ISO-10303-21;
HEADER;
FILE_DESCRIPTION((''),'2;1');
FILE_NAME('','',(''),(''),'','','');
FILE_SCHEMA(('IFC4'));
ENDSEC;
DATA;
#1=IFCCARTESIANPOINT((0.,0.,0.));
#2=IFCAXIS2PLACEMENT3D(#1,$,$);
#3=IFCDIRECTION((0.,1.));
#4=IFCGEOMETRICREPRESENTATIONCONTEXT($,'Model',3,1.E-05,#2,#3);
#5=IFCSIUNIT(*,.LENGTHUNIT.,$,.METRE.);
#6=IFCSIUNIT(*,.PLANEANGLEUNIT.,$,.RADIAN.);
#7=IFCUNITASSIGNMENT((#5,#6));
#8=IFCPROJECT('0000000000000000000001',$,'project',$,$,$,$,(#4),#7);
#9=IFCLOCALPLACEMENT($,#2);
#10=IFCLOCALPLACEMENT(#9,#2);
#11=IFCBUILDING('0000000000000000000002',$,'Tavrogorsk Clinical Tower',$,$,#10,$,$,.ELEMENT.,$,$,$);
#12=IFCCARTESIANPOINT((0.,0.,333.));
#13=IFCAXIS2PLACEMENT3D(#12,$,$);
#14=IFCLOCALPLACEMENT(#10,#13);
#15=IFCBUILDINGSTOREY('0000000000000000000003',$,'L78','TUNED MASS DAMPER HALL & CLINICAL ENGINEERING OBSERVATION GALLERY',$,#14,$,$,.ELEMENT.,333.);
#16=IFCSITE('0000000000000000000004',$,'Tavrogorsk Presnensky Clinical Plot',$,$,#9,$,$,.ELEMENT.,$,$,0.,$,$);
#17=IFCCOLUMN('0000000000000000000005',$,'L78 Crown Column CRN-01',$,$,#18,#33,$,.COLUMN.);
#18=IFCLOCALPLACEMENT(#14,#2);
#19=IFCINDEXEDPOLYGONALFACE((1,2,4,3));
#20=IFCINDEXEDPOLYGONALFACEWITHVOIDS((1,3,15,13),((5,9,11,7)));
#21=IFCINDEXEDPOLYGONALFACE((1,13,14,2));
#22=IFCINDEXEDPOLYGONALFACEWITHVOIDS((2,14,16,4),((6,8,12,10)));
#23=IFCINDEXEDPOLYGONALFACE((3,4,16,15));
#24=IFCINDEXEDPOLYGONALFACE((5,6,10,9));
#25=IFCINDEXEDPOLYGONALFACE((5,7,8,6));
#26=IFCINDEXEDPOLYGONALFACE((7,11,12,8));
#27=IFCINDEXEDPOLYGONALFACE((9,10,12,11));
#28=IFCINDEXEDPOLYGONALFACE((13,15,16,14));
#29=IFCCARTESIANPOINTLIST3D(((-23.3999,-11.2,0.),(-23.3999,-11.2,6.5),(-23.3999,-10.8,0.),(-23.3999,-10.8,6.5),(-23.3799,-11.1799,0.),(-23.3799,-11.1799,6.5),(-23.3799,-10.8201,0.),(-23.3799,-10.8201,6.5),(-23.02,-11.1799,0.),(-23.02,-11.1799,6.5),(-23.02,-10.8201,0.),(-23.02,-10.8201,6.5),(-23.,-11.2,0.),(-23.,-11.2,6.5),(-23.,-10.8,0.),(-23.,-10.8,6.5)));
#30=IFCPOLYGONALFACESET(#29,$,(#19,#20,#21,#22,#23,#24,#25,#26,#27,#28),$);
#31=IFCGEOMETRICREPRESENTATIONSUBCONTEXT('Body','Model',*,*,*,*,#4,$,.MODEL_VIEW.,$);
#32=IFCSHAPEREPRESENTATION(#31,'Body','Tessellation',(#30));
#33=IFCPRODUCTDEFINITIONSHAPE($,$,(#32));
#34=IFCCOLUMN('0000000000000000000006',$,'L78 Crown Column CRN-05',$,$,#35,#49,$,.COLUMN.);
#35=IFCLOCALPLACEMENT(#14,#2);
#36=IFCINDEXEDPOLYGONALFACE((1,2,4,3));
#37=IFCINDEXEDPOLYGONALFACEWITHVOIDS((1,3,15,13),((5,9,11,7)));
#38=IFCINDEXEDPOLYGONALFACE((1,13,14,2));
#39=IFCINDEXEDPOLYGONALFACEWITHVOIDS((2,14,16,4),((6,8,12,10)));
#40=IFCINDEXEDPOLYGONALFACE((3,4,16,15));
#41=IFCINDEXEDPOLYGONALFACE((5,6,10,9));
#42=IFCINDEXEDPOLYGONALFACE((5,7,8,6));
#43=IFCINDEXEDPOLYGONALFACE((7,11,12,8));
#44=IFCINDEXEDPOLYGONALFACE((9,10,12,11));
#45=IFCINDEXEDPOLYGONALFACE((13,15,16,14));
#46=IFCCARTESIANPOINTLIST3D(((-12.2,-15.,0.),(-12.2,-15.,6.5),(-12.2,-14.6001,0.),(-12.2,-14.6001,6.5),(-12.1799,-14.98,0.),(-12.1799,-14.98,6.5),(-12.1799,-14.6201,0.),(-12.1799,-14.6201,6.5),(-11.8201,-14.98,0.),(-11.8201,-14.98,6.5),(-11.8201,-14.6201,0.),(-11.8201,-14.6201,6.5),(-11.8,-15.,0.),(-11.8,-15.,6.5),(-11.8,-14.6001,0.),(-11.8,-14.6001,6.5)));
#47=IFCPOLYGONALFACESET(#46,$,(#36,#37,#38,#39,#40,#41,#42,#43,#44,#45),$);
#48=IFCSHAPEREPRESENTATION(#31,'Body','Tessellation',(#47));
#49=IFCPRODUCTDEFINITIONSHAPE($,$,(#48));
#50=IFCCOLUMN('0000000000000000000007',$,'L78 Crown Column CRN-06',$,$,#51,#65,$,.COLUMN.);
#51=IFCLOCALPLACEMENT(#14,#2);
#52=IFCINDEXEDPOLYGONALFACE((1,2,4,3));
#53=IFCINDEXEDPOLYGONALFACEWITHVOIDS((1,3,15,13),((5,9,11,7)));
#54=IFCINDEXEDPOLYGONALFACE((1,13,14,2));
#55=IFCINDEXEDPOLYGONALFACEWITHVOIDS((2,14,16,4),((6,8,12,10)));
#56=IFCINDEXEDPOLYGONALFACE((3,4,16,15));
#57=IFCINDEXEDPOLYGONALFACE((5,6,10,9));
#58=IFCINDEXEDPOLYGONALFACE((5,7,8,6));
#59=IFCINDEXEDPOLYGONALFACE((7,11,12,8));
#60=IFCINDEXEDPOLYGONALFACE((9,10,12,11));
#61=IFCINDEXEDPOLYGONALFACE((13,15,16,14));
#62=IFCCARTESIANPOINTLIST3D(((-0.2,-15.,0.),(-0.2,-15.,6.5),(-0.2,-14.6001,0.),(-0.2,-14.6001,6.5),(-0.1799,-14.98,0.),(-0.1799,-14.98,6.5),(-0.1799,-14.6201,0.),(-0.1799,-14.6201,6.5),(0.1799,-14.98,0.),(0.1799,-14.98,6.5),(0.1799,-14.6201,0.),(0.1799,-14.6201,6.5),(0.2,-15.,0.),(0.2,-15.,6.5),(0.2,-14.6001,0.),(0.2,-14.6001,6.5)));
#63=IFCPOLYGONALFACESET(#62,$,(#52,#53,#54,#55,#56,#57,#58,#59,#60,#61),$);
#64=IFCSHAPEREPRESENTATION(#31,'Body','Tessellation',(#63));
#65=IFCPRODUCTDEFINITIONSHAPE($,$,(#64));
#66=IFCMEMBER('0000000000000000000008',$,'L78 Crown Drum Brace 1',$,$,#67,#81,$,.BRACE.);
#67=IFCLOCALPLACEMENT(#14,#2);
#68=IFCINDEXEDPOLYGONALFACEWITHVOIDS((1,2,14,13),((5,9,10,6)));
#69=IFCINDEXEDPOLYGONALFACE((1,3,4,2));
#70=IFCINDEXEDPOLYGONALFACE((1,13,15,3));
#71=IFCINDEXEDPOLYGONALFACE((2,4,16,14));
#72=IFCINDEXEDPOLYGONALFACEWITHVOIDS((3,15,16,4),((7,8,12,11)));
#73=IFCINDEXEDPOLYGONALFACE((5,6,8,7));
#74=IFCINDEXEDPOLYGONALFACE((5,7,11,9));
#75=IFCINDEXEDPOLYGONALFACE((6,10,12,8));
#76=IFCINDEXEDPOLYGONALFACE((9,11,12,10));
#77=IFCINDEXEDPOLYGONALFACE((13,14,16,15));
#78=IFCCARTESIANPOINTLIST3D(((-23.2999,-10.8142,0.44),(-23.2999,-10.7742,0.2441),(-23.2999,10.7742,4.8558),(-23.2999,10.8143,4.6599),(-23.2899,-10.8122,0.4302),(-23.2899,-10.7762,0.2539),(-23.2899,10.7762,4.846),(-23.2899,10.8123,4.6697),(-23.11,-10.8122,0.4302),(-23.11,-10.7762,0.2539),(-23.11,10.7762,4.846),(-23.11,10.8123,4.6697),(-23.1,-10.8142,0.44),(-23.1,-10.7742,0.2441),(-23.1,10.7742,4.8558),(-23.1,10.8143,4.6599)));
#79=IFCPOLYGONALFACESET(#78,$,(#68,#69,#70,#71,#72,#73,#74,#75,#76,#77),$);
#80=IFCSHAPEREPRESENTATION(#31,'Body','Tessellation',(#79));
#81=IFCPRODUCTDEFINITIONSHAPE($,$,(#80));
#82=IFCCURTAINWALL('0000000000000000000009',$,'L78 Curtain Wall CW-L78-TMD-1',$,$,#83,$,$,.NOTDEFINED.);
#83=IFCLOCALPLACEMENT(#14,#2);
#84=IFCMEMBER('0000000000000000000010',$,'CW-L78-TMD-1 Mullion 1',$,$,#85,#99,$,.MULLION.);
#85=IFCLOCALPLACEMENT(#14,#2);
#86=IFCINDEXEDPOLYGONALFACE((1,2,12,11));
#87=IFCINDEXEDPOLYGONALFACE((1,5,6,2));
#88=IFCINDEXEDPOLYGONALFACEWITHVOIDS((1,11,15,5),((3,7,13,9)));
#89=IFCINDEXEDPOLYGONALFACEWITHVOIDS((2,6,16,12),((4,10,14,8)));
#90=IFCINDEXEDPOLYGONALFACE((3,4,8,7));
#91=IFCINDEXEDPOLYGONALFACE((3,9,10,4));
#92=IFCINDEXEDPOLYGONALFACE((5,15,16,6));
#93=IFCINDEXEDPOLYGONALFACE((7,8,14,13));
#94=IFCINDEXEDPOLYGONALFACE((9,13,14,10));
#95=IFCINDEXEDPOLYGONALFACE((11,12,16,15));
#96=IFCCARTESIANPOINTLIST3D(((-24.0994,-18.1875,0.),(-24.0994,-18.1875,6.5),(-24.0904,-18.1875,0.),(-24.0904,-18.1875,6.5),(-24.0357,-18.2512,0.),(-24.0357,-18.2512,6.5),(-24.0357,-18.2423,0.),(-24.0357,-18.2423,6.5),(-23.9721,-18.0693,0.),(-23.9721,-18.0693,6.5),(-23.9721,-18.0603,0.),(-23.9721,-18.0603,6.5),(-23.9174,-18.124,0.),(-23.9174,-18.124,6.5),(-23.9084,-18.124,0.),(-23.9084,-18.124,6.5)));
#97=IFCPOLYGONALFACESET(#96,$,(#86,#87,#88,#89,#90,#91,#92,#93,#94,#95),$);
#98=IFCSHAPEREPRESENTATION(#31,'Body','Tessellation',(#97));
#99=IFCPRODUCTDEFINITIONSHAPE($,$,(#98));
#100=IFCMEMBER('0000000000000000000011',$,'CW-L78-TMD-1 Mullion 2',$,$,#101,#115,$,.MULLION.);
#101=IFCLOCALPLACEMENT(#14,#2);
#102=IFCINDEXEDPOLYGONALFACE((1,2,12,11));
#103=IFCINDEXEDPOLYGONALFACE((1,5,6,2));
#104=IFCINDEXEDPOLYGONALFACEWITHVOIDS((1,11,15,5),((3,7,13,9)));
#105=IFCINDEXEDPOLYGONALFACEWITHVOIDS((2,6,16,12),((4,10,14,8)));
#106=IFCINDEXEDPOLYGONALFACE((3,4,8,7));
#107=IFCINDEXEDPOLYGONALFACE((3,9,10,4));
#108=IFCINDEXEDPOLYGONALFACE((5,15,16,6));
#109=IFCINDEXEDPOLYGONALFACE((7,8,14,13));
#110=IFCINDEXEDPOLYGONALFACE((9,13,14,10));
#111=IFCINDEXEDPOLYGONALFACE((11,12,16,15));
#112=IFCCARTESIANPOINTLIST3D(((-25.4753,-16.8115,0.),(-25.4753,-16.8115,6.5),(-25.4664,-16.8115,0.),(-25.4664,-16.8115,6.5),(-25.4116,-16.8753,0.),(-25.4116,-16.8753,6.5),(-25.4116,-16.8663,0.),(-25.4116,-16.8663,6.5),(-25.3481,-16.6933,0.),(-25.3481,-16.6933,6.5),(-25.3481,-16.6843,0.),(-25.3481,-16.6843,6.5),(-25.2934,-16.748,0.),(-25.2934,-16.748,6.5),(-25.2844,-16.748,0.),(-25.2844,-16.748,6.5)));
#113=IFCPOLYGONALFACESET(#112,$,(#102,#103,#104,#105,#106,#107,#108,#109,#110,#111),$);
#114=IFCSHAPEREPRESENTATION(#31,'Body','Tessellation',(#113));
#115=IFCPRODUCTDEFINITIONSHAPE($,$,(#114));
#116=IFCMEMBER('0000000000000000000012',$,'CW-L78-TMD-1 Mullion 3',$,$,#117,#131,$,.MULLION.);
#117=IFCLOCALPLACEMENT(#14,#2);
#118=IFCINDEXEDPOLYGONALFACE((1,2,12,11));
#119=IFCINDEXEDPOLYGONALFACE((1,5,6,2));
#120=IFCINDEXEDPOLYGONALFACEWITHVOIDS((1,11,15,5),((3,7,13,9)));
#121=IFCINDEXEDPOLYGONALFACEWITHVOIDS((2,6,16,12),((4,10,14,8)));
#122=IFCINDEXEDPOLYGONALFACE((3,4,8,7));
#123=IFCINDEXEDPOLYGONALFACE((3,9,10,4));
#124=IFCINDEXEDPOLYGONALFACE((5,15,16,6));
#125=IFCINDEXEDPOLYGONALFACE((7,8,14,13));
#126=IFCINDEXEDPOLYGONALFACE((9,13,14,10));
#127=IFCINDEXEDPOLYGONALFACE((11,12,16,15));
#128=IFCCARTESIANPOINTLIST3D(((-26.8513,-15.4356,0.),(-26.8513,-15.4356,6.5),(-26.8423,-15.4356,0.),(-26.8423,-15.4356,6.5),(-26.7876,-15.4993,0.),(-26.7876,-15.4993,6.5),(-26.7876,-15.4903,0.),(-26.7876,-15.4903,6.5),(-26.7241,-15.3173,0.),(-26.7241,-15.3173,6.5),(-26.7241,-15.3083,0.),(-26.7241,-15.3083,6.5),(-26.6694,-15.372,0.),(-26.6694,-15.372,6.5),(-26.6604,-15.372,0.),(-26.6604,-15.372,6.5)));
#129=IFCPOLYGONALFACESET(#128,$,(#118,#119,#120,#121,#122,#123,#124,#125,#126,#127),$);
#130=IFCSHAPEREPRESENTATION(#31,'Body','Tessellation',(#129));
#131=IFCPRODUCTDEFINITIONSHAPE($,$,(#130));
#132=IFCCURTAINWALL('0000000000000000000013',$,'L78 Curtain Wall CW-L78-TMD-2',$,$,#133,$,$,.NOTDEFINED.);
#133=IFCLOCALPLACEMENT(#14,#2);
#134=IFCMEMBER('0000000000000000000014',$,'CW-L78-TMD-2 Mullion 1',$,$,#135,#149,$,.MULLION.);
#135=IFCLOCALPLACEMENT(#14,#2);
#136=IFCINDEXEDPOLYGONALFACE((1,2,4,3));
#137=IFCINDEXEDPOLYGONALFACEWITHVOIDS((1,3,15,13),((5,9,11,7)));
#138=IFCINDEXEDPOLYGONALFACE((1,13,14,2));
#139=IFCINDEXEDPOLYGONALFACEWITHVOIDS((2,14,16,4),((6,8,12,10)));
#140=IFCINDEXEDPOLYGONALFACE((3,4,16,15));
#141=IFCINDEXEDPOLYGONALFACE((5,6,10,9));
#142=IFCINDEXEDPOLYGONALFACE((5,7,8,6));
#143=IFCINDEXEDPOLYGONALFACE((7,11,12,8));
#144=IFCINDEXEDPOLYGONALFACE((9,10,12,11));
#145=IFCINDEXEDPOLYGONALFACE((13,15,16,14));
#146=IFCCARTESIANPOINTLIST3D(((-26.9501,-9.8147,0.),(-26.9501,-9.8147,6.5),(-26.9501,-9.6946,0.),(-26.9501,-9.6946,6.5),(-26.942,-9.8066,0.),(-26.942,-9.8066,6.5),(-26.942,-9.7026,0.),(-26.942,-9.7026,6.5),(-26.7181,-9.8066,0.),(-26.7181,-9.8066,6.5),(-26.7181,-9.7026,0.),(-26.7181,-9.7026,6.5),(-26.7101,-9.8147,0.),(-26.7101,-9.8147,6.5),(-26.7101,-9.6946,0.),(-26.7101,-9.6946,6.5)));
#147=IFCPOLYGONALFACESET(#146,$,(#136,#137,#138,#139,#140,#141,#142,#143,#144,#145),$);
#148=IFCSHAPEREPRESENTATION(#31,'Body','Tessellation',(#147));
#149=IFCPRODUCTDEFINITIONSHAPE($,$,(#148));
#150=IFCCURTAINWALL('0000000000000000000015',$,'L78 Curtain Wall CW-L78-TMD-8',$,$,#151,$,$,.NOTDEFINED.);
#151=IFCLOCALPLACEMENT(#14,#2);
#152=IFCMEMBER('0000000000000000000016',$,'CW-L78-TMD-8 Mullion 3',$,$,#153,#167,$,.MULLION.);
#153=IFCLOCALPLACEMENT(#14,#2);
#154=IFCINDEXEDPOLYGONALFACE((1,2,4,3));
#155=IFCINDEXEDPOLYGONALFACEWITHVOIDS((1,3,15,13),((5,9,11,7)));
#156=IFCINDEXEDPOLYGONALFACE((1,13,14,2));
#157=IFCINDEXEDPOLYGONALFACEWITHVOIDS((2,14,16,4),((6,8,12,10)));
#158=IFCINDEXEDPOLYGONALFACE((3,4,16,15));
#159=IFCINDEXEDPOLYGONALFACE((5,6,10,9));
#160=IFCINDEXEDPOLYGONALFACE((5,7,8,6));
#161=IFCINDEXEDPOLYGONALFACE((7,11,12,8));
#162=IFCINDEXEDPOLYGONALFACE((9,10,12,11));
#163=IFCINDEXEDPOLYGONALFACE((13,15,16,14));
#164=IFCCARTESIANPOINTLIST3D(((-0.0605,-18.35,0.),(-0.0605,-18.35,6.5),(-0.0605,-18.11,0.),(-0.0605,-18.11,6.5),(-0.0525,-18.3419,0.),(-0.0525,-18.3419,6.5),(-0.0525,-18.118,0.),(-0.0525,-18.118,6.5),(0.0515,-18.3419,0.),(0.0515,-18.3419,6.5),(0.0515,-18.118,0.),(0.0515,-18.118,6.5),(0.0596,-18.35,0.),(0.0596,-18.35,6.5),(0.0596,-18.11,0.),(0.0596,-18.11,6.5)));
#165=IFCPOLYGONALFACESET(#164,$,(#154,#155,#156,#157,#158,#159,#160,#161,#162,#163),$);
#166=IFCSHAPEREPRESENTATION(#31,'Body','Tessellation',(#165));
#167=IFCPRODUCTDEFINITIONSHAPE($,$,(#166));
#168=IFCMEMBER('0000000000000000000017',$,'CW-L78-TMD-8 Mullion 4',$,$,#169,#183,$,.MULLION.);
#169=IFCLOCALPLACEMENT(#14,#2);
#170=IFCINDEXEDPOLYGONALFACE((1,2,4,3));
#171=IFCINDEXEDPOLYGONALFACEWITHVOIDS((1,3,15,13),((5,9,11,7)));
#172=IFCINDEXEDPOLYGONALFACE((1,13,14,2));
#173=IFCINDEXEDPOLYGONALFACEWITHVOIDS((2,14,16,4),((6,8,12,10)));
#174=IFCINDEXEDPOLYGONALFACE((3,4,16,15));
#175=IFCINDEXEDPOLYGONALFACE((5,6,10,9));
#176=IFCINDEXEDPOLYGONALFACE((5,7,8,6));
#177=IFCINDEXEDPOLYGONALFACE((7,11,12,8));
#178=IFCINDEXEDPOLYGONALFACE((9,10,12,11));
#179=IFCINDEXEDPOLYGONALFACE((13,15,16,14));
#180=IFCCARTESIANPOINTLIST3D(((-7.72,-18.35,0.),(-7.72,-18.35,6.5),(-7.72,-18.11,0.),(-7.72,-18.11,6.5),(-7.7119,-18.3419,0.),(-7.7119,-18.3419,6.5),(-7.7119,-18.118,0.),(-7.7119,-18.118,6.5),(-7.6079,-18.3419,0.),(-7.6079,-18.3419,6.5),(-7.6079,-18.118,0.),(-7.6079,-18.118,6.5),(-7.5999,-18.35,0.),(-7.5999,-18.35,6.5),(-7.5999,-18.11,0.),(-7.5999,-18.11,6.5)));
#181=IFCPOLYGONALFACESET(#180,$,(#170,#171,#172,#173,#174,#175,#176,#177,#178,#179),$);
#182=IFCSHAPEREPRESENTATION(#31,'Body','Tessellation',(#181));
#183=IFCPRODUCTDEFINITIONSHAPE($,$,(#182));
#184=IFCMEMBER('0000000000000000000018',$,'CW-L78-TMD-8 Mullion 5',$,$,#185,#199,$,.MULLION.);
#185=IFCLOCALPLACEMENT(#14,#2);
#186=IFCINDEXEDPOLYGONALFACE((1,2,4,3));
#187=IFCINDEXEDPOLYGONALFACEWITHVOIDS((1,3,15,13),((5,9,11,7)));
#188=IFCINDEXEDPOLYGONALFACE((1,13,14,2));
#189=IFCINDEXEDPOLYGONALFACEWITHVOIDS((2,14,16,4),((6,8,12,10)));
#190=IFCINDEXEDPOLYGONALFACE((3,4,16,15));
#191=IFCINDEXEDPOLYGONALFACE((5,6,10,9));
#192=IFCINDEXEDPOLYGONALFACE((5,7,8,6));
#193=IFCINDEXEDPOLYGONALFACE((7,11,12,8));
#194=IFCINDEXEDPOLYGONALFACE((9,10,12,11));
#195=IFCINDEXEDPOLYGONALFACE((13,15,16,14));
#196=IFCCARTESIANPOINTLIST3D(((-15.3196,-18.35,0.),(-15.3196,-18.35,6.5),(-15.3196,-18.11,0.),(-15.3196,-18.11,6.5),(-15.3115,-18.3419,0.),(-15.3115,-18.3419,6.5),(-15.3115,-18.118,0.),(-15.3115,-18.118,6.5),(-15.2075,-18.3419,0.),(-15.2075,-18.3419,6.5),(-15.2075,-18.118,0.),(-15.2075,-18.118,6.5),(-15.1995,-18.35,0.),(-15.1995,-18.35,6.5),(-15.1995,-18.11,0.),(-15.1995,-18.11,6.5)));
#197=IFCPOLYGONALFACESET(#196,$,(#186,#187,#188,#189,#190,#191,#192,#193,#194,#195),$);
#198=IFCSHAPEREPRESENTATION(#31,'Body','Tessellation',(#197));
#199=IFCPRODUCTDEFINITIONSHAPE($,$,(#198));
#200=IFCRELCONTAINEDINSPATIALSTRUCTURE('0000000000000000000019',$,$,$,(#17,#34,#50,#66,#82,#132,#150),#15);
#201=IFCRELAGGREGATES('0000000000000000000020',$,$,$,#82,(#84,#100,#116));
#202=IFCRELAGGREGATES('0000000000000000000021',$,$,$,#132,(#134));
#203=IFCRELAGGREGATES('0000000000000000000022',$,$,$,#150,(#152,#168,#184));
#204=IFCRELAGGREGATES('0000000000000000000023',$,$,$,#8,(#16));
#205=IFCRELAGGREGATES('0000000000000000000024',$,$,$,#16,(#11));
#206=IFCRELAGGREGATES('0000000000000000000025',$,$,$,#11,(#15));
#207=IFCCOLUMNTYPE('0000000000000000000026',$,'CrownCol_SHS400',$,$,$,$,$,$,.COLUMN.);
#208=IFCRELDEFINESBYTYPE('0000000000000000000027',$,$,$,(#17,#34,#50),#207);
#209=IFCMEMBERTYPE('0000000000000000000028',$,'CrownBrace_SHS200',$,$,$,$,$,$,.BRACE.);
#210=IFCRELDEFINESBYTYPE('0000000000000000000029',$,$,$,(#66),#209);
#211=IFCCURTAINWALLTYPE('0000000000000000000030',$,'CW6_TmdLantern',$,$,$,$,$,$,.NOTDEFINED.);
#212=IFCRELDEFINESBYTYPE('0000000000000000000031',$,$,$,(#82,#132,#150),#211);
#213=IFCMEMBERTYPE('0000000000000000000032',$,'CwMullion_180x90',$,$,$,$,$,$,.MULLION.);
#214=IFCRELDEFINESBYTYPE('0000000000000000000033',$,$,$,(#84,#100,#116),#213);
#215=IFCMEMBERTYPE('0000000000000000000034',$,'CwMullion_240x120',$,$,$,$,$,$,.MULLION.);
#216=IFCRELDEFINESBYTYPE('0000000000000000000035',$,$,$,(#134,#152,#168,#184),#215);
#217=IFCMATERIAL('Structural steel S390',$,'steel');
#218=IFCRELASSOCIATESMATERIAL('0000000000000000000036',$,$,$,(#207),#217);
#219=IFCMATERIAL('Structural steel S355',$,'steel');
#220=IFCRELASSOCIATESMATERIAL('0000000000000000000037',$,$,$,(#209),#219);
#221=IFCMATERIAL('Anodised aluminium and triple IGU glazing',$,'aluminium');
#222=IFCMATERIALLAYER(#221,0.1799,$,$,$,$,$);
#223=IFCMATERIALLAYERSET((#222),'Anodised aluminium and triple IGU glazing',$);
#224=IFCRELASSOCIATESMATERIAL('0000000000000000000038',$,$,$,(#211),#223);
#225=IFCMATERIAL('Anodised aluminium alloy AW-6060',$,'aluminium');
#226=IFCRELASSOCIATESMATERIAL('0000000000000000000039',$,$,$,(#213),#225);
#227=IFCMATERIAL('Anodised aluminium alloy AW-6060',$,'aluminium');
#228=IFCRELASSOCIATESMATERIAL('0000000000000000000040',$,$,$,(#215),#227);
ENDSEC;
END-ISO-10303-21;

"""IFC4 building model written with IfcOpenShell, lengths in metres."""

from ifc_helpers import new_model, si_unit, direction, frame, origin, origin_2d, place, context, subcontext, project, spatial, hollow_rectangle, extrude, material, layer, layer_set, material_profile, profile_set, type_object, element, aggregate, save


model = new_model("IFC4")

# Units and contexts
model_context = context("Model", 3, precision=1e-05, world=origin(), true_north=direction((0.0, 1.0)))
body_context = subcontext(model_context, "Body", "Model", "MODEL_VIEW")
ifc_project = project(units=[si_unit("LENGTHUNIT", "METRE"), si_unit("PLANEANGLEUNIT", "RADIAN")], contexts=[model_context])

# Site, building, storey
site_placement = place(None, origin())
site = spatial("IfcSite", under=ifc_project, at=site_placement, Name="Tavrogorsk Presnensky Clinical Plot", CompositionType="ELEMENT", RefElevation=0.0)
building_placement = place(site_placement, origin())
building = spatial("IfcBuilding", under=site, at=building_placement, Name="Tavrogorsk Clinical Tower", CompositionType="ELEMENT")
storey_placement = place(building_placement, frame((0.0, 0.0, 333.0)))
storey = spatial("IfcBuildingStorey", under=building, at=storey_placement, Name="L78", Description="TUNED MASS DAMPER HALL & CLINICAL ENGINEERING OBSERVATION GALLERY", CompositionType="ELEMENT", Elevation=333.0)

# Columns
ifc_material_1 = material(Name="Structural steel S390", Category="steel")
ifc_material_profile_1 = material_profile(ifc_material_1, hollow_rectangle(XDim=0.3999, YDim=0.3999, WallThickness=0.02, at=origin_2d()), Name="SHS-400x400x20")
ifc_profile_set_1 = profile_set([ifc_material_profile_1], Name="Structural steel S390")
column_type = type_object("IfcColumnType", Name="CrownCol_SHS400", PredefinedType="COLUMN", material=ifc_profile_set_1)
for number, where, z_axis, x_axis, name in (
    (1, (-23.2, -11.0, 0.0), (0.0, 0.0, 1.0), (1.0, 0.0, 0.0), "L78 Crown Column CRN-01"),
    (2, (-12.0, -14.8, 0.0), (0.0, 0.0, 1.0), (1.0, 0.0, 0.0), "L78 Crown Column CRN-05"),
    (3, (0.0, -14.8, 0.0), (0.0, 0.0, 1.0), (1.0, 0.0, 0.0), "L78 Crown Column CRN-06"),
):
    element("IfcColumn", number, at=place(storey_placement, frame(where, z_axis=z_axis, x_axis=x_axis)), inside=storey, type_object=column_type, Name=name, PredefinedType="COLUMN", context=body_context, shape_type="SweptSolid", body=[
        extrude(hollow_rectangle(XDim=0.3999, YDim=0.3999, WallThickness=0.02, at=origin_2d()), origin(), (0.0, 0.0, 1.0), 6.5),
    ])

# Member
ifc_material_2 = material(Name="Structural steel S355", Category="steel")
ifc_material_profile_2 = material_profile(ifc_material_2, hollow_rectangle(XDim=0.2, YDim=0.2, WallThickness=0.01, at=origin_2d()), Name="SHS-200x200x10")
ifc_profile_set_2 = profile_set([ifc_material_profile_2], Name="Structural steel S355")
member_type_1 = type_object("IfcMemberType", Name="CrownBrace_SHS200", PredefinedType="BRACE", material=ifc_profile_set_2)
member_1_placement = place(storey_placement, frame((-23.2, -10.7942, 0.342), z_axis=(0.0, 0.979715, 0.200395), x_axis=(-1.0, 0.0, 0.0)))
element("IfcMember", 4, at=member_1_placement, inside=storey, type_object=member_type_1, Name="L78 Crown Drum Brace 1", PredefinedType="BRACE", context=body_context, shape_type="SweptSolid", body=[
    extrude(hollow_rectangle(XDim=0.2, YDim=0.2, WallThickness=0.01, at=origin_2d()), origin(), (0.0, 0.0, 1.0), 22.0354),
])

# Curtain wall, members
ifc_material_3 = material(Name="Anodised aluminium and triple IGU glazing", Category="aluminium")
ifc_layer_1 = layer(ifc_material_3, 0.1799)
ifc_layer_set_1 = layer_set([ifc_layer_1], Name="Anodised aluminium and triple IGU glazing")
curtain_wall_type = type_object("IfcCurtainWallType", Name="CW6_TmdLantern", PredefinedType="NOTDEFINED", material=ifc_layer_set_1)
curtain_wall_1_placement = place(storey_placement, origin())
curtain_wall_1 = element("IfcCurtainWall", 5, at=curtain_wall_1_placement, inside=storey, type_object=curtain_wall_type, Name="L78 Curtain Wall CW-L78-TMD-1", PredefinedType="NOTDEFINED")
ifc_material_4 = material(Name="Anodised aluminium alloy AW-6060", Category="aluminium")
ifc_material_profile_3 = material_profile(ifc_material_4, hollow_rectangle(XDim=0.0901, YDim=0.1799, WallThickness=0.0063, at=origin_2d()), Name="RHS-180x90x6.3")
ifc_profile_set_3 = profile_set([ifc_material_profile_3], Name="Anodised aluminium alloy AW-6060")
member_type_2 = type_object("IfcMemberType", Name="CwMullion_180x90", PredefinedType="MULLION", material=ifc_profile_set_3)
member_2_placement = place(storey_placement, frame((-24.0039, -18.1558, 0.0), z_axis=(0.0, 0.0, 1.0), x_axis=(-0.707107, 0.707107, 0.0)))
member_2 = element("IfcMember", 6, at=member_2_placement, type_object=member_type_2, Name="CW-L78-TMD-1 Mullion 1", PredefinedType="MULLION", context=body_context, shape_type="SweptSolid", body=[
    extrude(hollow_rectangle(XDim=0.0901, YDim=0.1799, WallThickness=0.0063, at=origin_2d()), origin(), (0.0, 0.0, 1.0), 6.5),
])
member_3_placement = place(storey_placement, frame((-25.3799, -16.7798, 0.0), z_axis=(0.0, 0.0, 1.0), x_axis=(-0.707107, 0.707107, 0.0)))
member_3 = element("IfcMember", 7, at=member_3_placement, type_object=member_type_2, Name="CW-L78-TMD-1 Mullion 2", PredefinedType="MULLION", context=body_context, shape_type="SweptSolid", body=[
    extrude(hollow_rectangle(XDim=0.0901, YDim=0.1799, WallThickness=0.0063, at=origin_2d()), origin(), (0.0, 0.0, 1.0), 6.5),
])
member_4_placement = place(storey_placement, frame((-26.7559, -15.4038, 0.0), z_axis=(0.0, 0.0, 1.0), x_axis=(-0.707107, 0.707107, 0.0)))
member_4 = element("IfcMember", 8, at=member_4_placement, type_object=member_type_2, Name="CW-L78-TMD-1 Mullion 3", PredefinedType="MULLION", context=body_context, shape_type="SweptSolid", body=[
    extrude(hollow_rectangle(XDim=0.0901, YDim=0.1799, WallThickness=0.0063, at=origin_2d()), origin(), (0.0, 0.0, 1.0), 6.5),
])

# Curtain wall, member
curtain_wall_2_placement = place(storey_placement, origin())
curtain_wall_2 = element("IfcCurtainWall", 9, at=curtain_wall_2_placement, inside=storey, type_object=curtain_wall_type, Name="L78 Curtain Wall CW-L78-TMD-2", PredefinedType="NOTDEFINED")
ifc_material_5 = material(Name="Anodised aluminium alloy AW-6060", Category="aluminium")
ifc_material_profile_4 = material_profile(ifc_material_5, hollow_rectangle(XDim=0.1201, YDim=0.24, WallThickness=0.0081, at=origin_2d()), Name="RHS-240x120x8")
ifc_profile_set_4 = profile_set([ifc_material_profile_4], Name="Anodised aluminium alloy AW-6060")
member_type_3 = type_object("IfcMemberType", Name="CwMullion_240x120", PredefinedType="MULLION", material=ifc_profile_set_4)
member_5_placement = place(storey_placement, frame((-26.8301, -9.7546, 0.0), z_axis=(0.0, 0.0, 1.0), x_axis=(0.0, 1.0, 0.0)))
member_5 = element("IfcMember", 10, at=member_5_placement, type_object=member_type_3, Name="CW-L78-TMD-2 Mullion 1", PredefinedType="MULLION", context=body_context, shape_type="SweptSolid", body=[
    extrude(hollow_rectangle(XDim=0.1201, YDim=0.24, WallThickness=0.0081, at=origin_2d()), origin(), (0.0, 0.0, 1.0), 6.5),
])

# Curtain wall, members
curtain_wall_3_placement = place(storey_placement, origin())
curtain_wall_3 = element("IfcCurtainWall", 11, at=curtain_wall_3_placement, inside=storey, type_object=curtain_wall_type, Name="L78 Curtain Wall CW-L78-TMD-8", PredefinedType="NOTDEFINED")
member_6_placement = place(storey_placement, frame((-0.0005, -18.23, 0.0), z_axis=(0.0, 0.0, 1.0), x_axis=(-1.0, 0.0, 0.0)))
member_6 = element("IfcMember", 12, at=member_6_placement, type_object=member_type_3, Name="CW-L78-TMD-8 Mullion 3", PredefinedType="MULLION", context=body_context, shape_type="SweptSolid", body=[
    extrude(hollow_rectangle(XDim=0.1201, YDim=0.24, WallThickness=0.0081, at=origin_2d()), origin(), (0.0, 0.0, 1.0), 6.5),
])
member_7_placement = place(storey_placement, frame((-7.6599, -18.23, 0.0), z_axis=(0.0, 0.0, 1.0), x_axis=(-1.0, 0.0, 0.0)))
member_7 = element("IfcMember", 13, at=member_7_placement, type_object=member_type_3, Name="CW-L78-TMD-8 Mullion 4", PredefinedType="MULLION", context=body_context, shape_type="SweptSolid", body=[
    extrude(hollow_rectangle(XDim=0.1201, YDim=0.24, WallThickness=0.0081, at=origin_2d()), origin(), (0.0, 0.0, 1.0), 6.5),
])
member_8_placement = place(storey_placement, frame((-15.2595, -18.23, 0.0), z_axis=(0.0, 0.0, 1.0), x_axis=(-1.0, 0.0, 0.0)))
member_8 = element("IfcMember", 14, at=member_8_placement, type_object=member_type_3, Name="CW-L78-TMD-8 Mullion 5", PredefinedType="MULLION", context=body_context, shape_type="SweptSolid", body=[
    extrude(hollow_rectangle(XDim=0.1201, YDim=0.24, WallThickness=0.0081, at=origin_2d()), origin(), (0.0, 0.0, 1.0), 6.5),
])

aggregate(curtain_wall_1, [member_2, member_3, member_4])
aggregate(curtain_wall_2, [member_5])
aggregate(curtain_wall_3, [member_6, member_7, member_8])

save(model, "model.ifc")
